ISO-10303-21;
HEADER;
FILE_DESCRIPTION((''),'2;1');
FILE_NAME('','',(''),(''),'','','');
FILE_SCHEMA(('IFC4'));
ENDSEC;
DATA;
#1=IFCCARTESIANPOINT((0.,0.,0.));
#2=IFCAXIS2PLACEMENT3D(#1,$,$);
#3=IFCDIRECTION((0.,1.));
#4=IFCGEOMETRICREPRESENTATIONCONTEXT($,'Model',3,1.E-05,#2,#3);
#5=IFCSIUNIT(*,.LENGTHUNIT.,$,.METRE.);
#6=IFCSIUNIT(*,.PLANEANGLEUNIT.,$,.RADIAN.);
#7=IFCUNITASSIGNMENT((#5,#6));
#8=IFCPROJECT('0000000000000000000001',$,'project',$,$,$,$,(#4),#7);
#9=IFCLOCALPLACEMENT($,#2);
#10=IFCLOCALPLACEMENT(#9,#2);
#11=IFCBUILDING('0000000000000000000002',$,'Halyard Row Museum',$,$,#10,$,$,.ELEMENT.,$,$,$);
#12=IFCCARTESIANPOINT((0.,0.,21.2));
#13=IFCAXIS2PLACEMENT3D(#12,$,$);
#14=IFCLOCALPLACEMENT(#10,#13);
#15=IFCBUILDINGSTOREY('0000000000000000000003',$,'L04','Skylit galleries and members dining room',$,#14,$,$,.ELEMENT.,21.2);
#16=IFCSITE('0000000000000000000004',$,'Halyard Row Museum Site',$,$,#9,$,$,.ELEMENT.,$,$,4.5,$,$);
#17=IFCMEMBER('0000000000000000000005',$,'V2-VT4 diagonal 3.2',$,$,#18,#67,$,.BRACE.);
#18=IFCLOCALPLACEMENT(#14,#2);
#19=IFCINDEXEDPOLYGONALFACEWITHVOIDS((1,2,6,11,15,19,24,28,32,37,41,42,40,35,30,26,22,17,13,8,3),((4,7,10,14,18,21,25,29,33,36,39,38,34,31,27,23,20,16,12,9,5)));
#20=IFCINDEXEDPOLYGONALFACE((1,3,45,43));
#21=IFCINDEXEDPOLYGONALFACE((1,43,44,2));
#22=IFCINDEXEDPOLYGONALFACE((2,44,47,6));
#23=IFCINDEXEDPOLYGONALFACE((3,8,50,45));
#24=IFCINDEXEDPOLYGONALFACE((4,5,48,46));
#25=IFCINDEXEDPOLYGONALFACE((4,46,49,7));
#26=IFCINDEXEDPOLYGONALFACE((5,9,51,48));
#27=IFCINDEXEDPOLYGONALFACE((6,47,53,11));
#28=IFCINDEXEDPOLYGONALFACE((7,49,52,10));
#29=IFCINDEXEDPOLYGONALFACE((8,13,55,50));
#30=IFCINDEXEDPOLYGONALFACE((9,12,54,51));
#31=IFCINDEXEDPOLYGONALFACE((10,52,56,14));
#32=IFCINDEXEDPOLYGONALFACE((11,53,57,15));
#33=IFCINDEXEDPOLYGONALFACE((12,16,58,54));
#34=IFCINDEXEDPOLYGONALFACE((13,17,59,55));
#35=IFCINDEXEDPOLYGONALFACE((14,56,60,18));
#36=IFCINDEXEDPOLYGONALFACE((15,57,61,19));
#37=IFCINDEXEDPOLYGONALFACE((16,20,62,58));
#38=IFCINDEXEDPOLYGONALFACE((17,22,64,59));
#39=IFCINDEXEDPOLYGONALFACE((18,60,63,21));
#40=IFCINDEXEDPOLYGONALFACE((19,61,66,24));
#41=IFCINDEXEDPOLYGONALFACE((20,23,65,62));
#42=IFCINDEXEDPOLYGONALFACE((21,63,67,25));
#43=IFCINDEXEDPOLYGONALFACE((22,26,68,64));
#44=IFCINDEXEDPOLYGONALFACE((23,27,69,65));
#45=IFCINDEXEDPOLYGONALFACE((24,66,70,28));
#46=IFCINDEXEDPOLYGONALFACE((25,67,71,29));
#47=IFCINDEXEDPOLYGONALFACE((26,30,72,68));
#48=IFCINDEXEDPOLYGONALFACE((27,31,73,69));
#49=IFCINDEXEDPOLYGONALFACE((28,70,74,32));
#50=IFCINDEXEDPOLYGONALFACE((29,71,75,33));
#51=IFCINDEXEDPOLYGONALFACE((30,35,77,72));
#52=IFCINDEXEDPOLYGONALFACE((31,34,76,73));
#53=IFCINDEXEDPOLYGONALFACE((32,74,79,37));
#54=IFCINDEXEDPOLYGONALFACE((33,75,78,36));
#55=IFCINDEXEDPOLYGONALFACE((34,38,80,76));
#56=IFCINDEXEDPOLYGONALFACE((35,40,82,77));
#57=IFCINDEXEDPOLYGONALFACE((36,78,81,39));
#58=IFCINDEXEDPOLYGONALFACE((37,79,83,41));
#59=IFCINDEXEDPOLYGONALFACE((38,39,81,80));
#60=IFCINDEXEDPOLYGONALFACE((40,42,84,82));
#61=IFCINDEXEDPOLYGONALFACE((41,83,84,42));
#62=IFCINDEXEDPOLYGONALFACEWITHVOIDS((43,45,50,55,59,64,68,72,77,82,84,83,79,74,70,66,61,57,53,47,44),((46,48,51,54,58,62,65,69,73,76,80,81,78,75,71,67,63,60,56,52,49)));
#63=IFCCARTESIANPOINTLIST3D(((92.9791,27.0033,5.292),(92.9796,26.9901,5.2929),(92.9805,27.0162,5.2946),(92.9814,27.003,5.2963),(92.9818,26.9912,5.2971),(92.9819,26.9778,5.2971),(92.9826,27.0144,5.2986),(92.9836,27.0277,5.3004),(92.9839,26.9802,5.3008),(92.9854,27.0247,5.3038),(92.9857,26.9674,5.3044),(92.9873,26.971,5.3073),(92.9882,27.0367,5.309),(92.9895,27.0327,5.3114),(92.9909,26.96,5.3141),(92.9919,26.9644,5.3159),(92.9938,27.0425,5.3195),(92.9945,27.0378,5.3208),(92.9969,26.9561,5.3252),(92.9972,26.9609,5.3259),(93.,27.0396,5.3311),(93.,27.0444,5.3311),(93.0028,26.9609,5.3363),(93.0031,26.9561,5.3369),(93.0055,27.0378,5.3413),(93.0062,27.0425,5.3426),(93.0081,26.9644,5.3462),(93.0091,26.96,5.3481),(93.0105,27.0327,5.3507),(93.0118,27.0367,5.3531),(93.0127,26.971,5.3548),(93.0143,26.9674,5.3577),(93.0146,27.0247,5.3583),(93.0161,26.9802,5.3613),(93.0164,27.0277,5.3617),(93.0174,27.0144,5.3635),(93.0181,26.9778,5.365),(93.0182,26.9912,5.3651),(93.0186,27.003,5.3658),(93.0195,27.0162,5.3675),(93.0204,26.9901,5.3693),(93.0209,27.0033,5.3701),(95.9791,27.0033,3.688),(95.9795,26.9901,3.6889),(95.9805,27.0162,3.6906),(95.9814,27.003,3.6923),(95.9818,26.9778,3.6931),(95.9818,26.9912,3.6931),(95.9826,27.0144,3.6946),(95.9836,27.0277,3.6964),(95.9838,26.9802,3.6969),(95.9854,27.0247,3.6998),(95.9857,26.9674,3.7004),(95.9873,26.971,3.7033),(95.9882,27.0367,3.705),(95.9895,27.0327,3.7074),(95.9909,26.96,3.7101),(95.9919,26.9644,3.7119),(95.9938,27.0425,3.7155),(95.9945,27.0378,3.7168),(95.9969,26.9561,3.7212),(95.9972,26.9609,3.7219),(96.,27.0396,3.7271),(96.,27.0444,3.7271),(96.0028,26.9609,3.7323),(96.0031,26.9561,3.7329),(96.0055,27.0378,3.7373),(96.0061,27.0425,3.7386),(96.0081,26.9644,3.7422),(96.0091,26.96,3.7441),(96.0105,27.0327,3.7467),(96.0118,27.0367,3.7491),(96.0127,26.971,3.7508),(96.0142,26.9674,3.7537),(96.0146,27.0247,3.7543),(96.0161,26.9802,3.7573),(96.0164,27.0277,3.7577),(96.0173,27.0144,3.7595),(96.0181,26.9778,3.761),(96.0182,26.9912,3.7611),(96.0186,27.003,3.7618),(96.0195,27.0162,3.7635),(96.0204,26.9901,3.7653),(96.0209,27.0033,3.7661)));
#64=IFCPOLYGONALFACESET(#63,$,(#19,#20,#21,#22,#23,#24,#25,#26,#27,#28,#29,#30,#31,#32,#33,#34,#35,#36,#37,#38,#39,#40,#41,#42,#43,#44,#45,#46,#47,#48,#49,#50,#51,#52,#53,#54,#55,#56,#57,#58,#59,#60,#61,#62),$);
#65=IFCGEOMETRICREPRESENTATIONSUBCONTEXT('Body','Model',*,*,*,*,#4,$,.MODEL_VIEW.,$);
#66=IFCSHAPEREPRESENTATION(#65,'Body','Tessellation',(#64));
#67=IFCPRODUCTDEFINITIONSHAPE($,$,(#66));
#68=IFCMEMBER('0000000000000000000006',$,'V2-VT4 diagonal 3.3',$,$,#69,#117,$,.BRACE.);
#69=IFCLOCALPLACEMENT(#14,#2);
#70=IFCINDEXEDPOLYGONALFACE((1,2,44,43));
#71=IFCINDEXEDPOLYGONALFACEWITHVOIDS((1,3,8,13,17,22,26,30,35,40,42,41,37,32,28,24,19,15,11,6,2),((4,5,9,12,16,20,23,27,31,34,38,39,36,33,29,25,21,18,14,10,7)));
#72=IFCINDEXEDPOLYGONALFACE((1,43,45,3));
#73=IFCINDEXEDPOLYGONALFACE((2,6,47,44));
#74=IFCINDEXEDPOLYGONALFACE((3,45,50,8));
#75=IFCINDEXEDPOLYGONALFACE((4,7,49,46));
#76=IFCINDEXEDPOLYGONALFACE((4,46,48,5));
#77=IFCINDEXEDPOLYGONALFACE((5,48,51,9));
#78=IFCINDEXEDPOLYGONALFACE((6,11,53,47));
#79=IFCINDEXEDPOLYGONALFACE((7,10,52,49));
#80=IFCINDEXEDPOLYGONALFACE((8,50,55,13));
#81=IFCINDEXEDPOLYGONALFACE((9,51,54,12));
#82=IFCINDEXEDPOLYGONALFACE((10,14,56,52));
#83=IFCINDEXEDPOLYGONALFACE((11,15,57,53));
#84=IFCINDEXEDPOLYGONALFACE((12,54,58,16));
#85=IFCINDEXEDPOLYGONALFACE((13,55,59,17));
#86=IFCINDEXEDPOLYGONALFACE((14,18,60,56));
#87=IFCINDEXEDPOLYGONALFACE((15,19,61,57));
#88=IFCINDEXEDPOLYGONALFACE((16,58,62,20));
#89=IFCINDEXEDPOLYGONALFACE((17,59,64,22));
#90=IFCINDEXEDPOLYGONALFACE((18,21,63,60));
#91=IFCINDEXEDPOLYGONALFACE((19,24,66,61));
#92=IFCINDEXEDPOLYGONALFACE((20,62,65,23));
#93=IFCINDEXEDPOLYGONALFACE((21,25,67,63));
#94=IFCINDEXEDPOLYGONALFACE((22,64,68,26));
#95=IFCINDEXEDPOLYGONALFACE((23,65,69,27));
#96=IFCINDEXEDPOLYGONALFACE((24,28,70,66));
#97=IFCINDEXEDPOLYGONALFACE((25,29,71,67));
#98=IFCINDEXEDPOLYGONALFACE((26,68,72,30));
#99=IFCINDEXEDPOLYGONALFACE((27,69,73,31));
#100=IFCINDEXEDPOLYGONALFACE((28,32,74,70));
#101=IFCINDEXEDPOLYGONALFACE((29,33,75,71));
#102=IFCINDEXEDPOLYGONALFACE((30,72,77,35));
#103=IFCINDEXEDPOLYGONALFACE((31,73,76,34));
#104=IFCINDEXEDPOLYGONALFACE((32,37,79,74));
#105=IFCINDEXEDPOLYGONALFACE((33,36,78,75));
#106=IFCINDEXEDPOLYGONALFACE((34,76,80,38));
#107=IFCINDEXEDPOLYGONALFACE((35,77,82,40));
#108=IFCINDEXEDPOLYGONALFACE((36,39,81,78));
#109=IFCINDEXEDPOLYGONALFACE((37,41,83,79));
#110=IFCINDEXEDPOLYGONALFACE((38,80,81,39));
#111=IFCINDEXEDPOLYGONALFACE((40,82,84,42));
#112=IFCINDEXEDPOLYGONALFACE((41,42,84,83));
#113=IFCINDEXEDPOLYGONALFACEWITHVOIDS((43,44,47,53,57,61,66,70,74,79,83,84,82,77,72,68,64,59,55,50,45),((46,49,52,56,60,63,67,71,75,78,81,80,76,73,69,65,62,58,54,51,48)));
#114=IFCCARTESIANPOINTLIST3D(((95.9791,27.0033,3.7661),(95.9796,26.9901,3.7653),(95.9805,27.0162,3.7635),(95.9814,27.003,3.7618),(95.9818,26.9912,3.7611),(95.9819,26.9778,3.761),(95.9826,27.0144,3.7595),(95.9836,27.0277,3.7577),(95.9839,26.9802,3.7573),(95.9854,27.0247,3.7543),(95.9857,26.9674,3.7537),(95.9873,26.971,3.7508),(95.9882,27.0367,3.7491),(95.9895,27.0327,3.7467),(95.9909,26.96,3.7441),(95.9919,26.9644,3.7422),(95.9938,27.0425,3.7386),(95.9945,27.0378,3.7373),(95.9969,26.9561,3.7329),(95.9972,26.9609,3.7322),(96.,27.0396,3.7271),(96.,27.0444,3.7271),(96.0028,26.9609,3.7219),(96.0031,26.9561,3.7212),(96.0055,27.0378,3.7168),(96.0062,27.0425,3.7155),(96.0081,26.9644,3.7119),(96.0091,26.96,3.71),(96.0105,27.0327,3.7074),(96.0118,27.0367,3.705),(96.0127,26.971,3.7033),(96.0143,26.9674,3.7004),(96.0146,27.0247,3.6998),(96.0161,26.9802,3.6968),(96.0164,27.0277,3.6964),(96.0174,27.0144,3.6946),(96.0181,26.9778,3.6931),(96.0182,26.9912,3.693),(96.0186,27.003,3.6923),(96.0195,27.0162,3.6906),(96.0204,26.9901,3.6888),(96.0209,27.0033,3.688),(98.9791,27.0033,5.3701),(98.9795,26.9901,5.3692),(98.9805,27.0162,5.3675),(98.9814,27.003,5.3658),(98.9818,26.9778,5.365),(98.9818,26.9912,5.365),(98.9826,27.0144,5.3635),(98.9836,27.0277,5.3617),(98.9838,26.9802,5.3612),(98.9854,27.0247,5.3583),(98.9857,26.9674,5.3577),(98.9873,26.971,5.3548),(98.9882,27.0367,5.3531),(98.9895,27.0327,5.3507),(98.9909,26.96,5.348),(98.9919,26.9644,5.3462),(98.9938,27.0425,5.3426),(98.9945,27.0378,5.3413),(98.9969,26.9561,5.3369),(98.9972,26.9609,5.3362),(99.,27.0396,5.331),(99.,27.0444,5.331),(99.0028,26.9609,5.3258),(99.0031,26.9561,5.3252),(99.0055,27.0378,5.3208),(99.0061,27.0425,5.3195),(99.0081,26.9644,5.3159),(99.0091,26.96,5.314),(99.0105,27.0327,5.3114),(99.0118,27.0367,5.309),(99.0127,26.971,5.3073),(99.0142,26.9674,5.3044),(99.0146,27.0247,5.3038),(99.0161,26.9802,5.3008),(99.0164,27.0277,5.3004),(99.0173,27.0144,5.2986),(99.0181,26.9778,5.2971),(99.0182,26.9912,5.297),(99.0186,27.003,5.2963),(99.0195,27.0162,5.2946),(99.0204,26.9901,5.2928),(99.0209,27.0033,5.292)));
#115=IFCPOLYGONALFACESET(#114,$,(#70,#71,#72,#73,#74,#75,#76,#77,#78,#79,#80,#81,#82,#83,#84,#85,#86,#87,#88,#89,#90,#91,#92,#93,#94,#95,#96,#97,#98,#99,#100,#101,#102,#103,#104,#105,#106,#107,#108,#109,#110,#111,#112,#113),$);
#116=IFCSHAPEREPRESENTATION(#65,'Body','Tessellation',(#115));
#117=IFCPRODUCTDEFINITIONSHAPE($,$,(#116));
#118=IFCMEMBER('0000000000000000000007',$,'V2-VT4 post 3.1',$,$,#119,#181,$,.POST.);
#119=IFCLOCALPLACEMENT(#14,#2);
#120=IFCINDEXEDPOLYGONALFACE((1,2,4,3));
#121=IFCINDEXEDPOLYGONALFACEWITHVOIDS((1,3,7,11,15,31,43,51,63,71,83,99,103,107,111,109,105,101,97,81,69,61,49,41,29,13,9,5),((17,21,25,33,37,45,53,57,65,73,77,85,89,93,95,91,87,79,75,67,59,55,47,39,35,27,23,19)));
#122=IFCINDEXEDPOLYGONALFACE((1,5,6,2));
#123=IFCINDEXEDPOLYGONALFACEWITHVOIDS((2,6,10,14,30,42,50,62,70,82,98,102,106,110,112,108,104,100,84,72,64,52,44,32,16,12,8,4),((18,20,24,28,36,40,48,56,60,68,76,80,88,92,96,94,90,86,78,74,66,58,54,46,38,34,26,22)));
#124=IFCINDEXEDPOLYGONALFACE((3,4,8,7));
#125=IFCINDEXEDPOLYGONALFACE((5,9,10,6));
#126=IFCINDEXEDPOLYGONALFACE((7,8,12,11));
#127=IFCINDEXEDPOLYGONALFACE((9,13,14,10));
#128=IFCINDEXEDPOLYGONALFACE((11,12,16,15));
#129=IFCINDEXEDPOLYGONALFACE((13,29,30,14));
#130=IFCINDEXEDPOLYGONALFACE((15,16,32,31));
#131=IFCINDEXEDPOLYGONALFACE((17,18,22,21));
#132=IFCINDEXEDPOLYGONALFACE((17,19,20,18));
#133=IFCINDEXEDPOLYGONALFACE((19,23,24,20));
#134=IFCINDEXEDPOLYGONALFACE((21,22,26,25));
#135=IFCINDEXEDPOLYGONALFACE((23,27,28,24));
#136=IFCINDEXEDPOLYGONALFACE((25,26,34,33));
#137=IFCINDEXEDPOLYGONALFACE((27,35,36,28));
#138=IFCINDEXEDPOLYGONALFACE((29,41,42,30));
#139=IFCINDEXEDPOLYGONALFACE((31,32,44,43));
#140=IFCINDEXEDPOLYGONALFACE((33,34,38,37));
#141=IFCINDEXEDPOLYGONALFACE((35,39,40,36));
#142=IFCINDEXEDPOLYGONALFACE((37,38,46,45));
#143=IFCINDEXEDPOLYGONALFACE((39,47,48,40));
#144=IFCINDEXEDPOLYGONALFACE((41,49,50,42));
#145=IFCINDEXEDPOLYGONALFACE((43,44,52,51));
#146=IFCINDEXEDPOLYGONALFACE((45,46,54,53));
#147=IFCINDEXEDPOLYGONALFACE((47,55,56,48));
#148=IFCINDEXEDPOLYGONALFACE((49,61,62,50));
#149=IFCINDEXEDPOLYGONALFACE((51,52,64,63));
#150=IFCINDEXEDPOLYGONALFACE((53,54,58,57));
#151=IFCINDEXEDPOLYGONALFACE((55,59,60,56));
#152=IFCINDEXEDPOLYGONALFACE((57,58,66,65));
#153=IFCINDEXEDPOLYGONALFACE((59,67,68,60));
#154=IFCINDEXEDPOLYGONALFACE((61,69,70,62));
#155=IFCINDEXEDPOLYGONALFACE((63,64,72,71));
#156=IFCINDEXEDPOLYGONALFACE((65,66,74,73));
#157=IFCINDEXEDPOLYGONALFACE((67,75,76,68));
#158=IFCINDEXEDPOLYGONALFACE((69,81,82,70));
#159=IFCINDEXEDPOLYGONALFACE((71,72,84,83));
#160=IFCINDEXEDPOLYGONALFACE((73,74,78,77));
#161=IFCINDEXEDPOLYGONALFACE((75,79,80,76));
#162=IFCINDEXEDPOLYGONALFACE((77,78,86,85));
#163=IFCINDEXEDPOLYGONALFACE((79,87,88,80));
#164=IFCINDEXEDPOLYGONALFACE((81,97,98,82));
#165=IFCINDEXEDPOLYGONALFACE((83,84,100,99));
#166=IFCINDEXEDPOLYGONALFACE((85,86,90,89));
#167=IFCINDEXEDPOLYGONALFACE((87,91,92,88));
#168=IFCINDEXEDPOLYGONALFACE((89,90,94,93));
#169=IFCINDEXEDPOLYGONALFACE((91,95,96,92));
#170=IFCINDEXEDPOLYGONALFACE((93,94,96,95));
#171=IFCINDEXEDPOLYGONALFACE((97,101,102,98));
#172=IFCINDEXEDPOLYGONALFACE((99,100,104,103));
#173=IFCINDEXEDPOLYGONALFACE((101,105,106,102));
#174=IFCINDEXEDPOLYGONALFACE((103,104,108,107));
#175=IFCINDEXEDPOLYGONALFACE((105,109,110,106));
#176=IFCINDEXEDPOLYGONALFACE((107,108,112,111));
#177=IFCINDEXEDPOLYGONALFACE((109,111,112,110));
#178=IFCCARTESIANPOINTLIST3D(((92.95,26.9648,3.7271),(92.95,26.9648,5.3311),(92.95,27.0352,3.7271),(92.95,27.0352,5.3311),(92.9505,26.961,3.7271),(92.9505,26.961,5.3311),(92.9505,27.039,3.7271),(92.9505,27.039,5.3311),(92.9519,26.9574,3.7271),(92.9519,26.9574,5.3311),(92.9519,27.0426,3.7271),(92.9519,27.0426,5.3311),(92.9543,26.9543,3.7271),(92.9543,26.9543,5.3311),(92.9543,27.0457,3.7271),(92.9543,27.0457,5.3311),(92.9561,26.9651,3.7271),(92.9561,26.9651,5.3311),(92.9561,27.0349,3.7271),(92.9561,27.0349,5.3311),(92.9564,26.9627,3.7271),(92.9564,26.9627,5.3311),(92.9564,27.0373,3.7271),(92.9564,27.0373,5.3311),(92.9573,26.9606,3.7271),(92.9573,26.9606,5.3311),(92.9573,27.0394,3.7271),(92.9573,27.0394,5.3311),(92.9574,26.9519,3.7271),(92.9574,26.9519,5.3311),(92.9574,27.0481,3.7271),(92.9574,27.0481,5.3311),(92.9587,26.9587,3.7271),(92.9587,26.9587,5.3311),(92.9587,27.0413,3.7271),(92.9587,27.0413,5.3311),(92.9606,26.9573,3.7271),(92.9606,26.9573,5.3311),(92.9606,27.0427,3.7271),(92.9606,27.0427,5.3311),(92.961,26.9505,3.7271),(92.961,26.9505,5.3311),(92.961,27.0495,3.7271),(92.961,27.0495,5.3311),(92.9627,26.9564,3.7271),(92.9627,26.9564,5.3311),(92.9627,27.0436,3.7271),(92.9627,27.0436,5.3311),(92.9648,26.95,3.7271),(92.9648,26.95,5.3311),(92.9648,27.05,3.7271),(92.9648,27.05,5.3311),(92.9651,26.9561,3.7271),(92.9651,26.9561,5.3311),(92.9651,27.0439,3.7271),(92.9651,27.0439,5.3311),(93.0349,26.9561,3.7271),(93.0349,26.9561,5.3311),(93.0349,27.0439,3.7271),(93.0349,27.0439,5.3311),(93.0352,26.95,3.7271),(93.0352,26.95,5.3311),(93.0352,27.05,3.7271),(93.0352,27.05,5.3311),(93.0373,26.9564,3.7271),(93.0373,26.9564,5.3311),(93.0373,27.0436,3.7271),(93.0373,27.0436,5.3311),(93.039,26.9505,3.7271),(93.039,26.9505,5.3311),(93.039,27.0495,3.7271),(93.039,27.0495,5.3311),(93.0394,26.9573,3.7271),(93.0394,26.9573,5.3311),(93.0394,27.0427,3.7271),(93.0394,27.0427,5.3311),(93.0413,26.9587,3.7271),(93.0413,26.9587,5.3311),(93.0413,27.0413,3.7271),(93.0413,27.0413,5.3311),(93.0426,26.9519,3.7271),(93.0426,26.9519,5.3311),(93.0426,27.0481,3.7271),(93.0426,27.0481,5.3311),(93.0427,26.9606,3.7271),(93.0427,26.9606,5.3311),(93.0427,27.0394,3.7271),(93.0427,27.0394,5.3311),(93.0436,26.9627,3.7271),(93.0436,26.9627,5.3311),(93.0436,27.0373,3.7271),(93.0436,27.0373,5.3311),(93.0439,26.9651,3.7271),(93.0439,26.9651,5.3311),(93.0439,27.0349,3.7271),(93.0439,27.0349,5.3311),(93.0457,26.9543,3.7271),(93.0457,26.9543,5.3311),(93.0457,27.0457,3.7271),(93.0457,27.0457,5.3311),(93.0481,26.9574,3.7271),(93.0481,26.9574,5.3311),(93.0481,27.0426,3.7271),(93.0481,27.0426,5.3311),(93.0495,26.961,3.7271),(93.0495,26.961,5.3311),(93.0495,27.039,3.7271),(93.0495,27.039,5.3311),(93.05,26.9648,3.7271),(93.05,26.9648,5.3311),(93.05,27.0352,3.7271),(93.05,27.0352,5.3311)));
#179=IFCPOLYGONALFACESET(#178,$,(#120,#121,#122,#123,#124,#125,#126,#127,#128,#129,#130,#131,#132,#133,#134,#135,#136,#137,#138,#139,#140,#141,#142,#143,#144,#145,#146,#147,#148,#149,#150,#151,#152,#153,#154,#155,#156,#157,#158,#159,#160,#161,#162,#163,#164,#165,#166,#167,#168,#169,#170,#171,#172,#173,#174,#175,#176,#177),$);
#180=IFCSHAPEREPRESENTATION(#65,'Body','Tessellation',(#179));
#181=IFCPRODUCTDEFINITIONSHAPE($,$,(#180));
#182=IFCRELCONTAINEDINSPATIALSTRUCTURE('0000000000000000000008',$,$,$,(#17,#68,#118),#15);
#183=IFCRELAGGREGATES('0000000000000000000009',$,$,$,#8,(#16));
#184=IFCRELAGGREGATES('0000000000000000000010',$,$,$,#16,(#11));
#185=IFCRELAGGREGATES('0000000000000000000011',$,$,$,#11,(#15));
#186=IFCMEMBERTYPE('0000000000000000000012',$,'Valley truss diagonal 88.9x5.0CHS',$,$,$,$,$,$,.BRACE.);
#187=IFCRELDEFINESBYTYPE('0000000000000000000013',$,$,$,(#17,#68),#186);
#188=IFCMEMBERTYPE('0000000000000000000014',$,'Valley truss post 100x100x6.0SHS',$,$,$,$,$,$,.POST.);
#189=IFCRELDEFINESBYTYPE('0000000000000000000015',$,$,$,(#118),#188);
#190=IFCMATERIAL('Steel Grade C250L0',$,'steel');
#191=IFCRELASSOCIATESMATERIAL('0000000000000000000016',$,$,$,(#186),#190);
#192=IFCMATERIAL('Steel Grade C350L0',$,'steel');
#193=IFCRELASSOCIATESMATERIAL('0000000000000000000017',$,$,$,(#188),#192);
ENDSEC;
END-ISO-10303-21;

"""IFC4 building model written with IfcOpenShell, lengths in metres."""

from ifc_helpers import new_model, si_unit, direction, frame, origin, origin_2d, place, context, subcontext, project, spatial, hollow_rectangle, hollow_circle, extrude, material, material_profile, profile_set, type_object, element, save


model = new_model("IFC4")

# Units and contexts
model_context = context("Model", 3, precision=1e-05, world=origin(), true_north=direction((0.0, 1.0)))
body_context = subcontext(model_context, "Body", "Model", "MODEL_VIEW")
ifc_project = project(units=[si_unit("LENGTHUNIT", "METRE"), si_unit("PLANEANGLEUNIT", "RADIAN")], contexts=[model_context])

# Site, building, storey
site_placement = place(None, origin())
site = spatial("IfcSite", under=ifc_project, at=site_placement, Name="Halyard Row Museum Site", CompositionType="ELEMENT", RefElevation=4.5)
building_placement = place(site_placement, origin())
building = spatial("IfcBuilding", under=site, at=building_placement, Name="Halyard Row Museum", CompositionType="ELEMENT")
storey_placement = place(building_placement, frame((0.0, 0.0, 21.2)))
storey = spatial("IfcBuildingStorey", under=building, at=storey_placement, Name="L04", Description="Skylit galleries and members dining room", CompositionType="ELEMENT", Elevation=21.2)

# Members
ifc_material_1 = material(Name="Steel Grade C250L0", Category="steel")
ifc_material_profile_1 = material_profile(ifc_material_1, hollow_circle(Radius=0.0444, WallThickness=0.0049, at=origin_2d()), Name="88.9x5.0CHS")
ifc_profile_set_1 = profile_set([ifc_material_profile_1], Name="Steel Grade C250L0")
member_type_1 = type_object("IfcMemberType", Name="Valley truss diagonal 88.9x5.0CHS", PredefinedType="BRACE", material=ifc_profile_set_1)
for number, where, z_axis, x_axis, name in (
    (1, (93.0, 27.0, 5.3311), (0.881864, 0.0, -0.471504), (0.0, 1.0, 0.0), "V2-VT4 diagonal 3.2"),
    (2, (96.0, 27.0, 3.7271), (0.881864, 0.0, 0.471504), (0.0, 1.0, 0.0), "V2-VT4 diagonal 3.3"),
):
    element("IfcMember", number, at=place(storey_placement, frame(where, z_axis=z_axis, x_axis=x_axis)), inside=storey, type_object=member_type_1, Name=name, PredefinedType="BRACE", context=body_context, shape_type="SweptSolid", body=[
        extrude(hollow_circle(Radius=0.0444, WallThickness=0.0049, at=origin_2d()), origin(), (0.0, 0.0, 1.0), 3.4019),
    ])
ifc_material_2 = material(Name="Steel Grade C350L0", Category="steel")
ifc_material_profile_2 = material_profile(ifc_material_2, hollow_rectangle(XDim=0.1001, YDim=0.1001, WallThickness=0.0061, InnerFilletRadius=0.009, OuterFilletRadius=0.0149, at=origin_2d()), Name="100x100x6.0SHS")
ifc_profile_set_2 = profile_set([ifc_material_profile_2], Name="Steel Grade C350L0")
member_type_2 = type_object("IfcMemberType", Name="Valley truss post 100x100x6.0SHS", PredefinedType="POST", material=ifc_profile_set_2)
for number, where, z_axis, x_axis, name in (
    (3, (93.0, 27.0, 3.7271), (0.0, 0.0, 1.0), (1.0, 0.0, 0.0), "V2-VT4 post 3.1"),
):
    element("IfcMember", number, at=place(storey_placement, frame(where, z_axis=z_axis, x_axis=x_axis)), inside=storey, type_object=member_type_2, Name=name, PredefinedType="POST", context=body_context, shape_type="SweptSolid", body=[
        extrude(hollow_rectangle(XDim=0.1001, YDim=0.1001, WallThickness=0.0061, InnerFilletRadius=0.009, OuterFilletRadius=0.0149, at=origin_2d()), origin(), (0.0, 0.0, 1.0), 1.604),
    ])

save(model, "model.ifc")
